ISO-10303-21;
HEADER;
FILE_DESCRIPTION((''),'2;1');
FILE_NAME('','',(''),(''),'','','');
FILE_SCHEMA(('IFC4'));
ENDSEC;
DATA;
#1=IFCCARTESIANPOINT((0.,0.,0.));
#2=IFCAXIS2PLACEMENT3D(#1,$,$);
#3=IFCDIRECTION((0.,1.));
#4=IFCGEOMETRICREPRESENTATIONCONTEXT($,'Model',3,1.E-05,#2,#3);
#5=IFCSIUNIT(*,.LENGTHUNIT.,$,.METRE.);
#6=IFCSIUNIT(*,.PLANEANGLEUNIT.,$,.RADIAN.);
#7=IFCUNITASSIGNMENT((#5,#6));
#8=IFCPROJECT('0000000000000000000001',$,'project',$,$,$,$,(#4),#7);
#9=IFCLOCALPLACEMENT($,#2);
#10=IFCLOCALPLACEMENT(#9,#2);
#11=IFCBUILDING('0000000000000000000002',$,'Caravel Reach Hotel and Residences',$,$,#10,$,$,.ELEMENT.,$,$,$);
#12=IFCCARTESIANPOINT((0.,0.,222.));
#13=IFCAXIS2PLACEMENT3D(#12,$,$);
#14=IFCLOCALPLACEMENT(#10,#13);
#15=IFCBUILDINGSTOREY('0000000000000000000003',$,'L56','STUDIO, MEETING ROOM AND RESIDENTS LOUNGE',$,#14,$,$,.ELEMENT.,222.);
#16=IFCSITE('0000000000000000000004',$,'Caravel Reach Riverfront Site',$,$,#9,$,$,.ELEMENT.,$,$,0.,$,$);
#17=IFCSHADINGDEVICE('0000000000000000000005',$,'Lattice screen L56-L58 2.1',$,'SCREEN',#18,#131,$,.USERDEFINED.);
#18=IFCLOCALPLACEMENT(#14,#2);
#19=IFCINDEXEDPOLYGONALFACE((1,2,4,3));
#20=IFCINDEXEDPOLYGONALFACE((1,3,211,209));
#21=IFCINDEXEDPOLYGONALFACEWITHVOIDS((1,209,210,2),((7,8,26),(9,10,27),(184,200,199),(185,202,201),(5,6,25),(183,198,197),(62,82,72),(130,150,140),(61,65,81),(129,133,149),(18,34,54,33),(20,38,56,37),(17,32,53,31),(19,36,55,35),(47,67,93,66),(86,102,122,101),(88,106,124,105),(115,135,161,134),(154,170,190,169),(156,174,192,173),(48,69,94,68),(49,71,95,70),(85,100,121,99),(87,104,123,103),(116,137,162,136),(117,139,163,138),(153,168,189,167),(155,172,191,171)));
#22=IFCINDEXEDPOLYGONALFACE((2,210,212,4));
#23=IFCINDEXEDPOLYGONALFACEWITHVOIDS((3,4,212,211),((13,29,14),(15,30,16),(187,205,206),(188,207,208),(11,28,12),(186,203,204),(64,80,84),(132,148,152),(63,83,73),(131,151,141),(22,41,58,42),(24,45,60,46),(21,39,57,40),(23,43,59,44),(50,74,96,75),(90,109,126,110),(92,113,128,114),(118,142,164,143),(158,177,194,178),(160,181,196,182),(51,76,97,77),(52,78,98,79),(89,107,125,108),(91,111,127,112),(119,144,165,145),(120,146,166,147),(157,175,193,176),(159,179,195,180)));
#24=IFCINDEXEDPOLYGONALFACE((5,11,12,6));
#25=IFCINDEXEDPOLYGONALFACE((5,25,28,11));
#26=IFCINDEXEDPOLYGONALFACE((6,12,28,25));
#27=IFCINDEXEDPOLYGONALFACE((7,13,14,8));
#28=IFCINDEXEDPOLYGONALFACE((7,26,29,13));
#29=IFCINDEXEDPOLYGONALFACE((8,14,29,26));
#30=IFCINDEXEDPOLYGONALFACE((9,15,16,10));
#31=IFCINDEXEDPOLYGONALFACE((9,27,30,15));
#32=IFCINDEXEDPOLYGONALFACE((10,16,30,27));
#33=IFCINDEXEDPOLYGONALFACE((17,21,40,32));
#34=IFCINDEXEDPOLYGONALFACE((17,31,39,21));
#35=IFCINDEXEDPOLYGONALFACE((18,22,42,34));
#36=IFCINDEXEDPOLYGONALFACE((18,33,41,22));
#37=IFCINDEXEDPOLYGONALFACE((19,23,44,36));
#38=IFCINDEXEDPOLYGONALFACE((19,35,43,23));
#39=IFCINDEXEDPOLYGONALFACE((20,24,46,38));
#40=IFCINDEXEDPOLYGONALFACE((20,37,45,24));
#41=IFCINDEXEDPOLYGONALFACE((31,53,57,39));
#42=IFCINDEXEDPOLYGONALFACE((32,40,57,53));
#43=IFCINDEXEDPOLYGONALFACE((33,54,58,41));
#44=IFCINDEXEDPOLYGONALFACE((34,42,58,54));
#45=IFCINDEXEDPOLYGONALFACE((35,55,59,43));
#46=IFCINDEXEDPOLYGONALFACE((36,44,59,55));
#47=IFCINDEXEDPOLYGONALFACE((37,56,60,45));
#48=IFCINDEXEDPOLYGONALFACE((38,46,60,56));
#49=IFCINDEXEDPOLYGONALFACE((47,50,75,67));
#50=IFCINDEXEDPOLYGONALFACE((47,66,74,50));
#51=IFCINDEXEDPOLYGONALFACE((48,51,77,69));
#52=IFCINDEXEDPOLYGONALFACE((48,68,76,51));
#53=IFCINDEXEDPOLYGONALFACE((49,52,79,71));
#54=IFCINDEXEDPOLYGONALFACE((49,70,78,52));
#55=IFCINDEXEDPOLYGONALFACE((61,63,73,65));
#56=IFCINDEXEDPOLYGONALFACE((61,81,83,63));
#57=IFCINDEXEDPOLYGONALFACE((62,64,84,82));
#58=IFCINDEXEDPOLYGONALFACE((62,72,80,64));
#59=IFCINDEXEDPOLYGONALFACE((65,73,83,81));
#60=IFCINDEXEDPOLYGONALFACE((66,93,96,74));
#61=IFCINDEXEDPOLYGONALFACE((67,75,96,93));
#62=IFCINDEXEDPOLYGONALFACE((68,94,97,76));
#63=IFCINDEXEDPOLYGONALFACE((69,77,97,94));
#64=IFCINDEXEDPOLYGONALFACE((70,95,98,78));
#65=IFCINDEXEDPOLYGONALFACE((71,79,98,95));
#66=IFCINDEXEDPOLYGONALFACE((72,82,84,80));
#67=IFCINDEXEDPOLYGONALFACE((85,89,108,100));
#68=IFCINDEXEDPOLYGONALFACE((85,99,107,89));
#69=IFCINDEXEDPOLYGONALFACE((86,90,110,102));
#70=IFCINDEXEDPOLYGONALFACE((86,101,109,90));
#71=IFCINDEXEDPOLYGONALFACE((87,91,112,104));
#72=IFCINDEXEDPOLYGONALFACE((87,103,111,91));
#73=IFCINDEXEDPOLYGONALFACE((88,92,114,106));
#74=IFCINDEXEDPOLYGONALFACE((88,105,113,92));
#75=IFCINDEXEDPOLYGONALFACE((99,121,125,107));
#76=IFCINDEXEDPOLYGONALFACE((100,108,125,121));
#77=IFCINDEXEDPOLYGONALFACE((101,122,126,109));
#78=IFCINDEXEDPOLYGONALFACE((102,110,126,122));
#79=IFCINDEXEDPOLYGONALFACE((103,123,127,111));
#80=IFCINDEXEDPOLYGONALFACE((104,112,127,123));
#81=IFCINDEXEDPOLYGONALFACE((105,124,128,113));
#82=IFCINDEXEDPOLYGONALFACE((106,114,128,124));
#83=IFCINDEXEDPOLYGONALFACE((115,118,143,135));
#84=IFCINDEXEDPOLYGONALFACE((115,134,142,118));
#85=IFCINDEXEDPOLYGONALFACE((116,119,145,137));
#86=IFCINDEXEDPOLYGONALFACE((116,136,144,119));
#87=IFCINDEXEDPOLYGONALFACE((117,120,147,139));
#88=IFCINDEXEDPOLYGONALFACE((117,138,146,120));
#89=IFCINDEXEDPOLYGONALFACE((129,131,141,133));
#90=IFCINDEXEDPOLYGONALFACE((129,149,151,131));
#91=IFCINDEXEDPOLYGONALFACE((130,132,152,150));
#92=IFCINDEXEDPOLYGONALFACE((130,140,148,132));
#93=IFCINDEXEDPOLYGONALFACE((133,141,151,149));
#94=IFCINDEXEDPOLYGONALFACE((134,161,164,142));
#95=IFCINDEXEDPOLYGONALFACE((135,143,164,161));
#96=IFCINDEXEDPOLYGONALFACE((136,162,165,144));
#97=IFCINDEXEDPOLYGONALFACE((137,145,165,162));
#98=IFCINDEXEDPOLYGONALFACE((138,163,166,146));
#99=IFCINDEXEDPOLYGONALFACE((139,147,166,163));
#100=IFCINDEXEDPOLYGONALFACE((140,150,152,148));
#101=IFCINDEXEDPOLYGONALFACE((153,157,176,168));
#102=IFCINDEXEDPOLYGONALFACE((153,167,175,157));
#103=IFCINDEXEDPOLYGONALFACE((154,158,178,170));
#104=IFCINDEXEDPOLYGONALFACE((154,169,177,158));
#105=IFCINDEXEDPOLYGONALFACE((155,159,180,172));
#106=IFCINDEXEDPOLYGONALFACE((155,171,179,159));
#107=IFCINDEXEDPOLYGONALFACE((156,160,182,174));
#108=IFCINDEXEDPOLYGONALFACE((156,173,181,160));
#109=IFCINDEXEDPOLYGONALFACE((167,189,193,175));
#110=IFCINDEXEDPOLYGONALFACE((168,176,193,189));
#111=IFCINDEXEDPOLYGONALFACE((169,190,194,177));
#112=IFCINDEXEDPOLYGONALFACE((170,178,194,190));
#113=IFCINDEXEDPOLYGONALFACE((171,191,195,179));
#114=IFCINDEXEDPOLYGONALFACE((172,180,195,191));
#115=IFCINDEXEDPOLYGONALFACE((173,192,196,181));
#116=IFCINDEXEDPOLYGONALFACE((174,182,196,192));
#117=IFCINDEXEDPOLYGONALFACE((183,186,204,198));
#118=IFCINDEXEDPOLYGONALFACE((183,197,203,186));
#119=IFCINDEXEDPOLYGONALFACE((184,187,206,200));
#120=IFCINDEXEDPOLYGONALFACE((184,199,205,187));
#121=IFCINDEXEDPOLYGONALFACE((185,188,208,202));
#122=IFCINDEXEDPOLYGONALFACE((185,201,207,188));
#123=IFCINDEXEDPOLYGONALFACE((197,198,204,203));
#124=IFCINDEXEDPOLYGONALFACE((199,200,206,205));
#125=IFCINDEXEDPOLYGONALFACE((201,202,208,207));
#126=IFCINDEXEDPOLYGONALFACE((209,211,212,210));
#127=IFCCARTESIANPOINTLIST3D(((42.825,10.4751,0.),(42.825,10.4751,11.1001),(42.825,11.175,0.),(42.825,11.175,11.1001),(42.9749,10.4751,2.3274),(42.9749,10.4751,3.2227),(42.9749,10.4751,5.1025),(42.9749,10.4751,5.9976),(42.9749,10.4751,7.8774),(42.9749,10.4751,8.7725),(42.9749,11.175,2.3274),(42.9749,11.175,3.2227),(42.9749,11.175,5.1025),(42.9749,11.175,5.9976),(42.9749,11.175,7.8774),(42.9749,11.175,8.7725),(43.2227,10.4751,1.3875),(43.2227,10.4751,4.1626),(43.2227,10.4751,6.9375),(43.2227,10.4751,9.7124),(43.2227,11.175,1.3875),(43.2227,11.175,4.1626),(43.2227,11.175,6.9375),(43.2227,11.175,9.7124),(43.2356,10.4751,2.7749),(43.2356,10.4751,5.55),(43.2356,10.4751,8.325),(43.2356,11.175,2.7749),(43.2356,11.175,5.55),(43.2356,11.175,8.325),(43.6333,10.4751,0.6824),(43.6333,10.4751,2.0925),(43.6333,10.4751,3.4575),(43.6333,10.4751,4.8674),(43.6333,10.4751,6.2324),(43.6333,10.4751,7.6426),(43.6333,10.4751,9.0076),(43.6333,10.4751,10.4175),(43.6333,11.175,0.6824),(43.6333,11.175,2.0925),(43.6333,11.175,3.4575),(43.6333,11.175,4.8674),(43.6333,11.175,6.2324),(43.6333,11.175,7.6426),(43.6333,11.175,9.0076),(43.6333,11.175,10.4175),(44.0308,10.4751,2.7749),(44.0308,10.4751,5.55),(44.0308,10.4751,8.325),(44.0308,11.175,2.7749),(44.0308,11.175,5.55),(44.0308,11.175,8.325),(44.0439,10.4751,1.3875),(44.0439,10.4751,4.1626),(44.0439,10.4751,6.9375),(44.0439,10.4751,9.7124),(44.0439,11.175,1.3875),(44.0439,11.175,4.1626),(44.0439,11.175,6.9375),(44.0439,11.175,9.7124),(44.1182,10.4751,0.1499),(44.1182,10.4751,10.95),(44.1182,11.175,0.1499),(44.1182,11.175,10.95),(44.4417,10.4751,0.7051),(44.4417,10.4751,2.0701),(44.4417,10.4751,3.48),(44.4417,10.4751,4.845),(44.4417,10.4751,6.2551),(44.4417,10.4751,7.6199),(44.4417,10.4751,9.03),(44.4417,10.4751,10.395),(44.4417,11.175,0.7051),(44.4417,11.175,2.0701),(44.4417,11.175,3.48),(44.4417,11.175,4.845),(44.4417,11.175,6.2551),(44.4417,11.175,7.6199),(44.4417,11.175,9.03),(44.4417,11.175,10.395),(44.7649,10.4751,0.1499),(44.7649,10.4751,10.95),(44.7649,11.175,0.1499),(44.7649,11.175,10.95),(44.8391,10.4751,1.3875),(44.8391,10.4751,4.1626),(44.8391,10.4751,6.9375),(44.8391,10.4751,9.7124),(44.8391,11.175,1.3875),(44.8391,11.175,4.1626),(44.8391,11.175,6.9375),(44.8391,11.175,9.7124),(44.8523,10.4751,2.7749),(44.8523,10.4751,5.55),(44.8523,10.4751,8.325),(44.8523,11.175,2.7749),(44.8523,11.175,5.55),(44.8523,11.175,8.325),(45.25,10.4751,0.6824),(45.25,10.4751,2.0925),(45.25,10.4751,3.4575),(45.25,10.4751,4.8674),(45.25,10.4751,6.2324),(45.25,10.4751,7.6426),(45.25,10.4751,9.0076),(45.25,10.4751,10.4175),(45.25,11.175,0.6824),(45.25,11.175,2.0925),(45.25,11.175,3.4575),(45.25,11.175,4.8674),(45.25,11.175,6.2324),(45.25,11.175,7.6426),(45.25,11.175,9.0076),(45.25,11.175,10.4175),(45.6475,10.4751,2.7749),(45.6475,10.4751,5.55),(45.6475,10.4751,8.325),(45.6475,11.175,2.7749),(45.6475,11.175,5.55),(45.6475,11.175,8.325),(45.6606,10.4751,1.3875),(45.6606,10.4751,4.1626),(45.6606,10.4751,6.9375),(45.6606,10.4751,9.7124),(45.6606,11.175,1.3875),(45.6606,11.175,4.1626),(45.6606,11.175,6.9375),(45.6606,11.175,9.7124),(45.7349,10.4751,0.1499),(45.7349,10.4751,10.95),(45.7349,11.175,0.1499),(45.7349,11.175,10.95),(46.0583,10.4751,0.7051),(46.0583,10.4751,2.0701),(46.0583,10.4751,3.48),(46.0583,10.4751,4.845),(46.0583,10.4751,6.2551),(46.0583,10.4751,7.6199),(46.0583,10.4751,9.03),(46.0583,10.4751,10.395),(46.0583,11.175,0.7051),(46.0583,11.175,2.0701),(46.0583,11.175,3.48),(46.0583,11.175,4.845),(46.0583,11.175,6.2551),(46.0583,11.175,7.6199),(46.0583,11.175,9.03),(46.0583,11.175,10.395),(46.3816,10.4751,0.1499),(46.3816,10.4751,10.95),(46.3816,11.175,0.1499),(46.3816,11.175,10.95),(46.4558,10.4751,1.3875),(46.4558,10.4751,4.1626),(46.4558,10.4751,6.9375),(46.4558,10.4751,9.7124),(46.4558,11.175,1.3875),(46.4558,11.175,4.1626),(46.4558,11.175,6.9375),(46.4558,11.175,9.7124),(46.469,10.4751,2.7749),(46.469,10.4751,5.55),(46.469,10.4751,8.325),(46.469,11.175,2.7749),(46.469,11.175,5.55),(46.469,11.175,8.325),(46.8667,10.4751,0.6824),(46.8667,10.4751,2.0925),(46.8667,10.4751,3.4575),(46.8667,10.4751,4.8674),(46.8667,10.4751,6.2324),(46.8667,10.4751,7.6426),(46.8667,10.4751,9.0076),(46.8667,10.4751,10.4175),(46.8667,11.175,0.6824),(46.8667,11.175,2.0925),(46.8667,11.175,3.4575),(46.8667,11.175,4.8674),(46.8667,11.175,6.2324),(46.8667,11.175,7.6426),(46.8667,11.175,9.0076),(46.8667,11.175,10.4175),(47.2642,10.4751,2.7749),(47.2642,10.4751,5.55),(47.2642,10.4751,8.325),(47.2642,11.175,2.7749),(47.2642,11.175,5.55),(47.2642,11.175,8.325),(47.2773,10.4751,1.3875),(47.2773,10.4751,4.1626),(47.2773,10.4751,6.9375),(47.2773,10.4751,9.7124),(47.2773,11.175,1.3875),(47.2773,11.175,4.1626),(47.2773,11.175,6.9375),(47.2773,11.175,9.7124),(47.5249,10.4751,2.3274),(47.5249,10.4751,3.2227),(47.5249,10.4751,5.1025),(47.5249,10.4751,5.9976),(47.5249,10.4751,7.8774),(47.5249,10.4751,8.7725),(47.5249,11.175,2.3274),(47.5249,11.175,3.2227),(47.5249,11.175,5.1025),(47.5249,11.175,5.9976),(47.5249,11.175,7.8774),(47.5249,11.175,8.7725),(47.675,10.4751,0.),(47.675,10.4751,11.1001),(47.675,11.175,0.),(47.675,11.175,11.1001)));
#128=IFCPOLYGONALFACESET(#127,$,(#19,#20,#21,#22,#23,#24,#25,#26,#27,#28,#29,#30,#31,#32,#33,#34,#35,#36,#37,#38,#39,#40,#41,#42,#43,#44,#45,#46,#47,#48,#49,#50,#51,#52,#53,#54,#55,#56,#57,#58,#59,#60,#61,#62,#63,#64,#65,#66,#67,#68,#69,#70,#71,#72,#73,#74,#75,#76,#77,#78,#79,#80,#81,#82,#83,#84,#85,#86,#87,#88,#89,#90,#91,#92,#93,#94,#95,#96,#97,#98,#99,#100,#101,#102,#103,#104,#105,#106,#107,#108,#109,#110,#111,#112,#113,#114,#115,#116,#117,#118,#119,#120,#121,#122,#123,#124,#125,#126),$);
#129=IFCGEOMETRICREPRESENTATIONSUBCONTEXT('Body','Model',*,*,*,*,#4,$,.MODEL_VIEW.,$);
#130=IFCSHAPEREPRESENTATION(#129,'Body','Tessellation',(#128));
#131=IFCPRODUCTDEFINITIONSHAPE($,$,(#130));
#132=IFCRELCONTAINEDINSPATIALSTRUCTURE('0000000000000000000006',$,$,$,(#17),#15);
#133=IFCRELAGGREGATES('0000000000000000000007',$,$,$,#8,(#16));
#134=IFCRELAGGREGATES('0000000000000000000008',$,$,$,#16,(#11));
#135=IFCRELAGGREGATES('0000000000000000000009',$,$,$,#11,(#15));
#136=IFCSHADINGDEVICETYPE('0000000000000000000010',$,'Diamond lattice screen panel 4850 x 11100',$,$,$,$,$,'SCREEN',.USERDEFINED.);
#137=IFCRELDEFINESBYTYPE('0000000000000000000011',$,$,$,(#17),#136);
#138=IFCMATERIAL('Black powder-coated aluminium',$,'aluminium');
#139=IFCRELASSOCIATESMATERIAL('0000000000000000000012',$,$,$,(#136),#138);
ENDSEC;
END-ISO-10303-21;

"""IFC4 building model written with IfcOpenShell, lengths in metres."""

from ifc_helpers import new_model, si_unit, direction, frame, origin, place, context, subcontext, project, spatial, polyline, outline, extrude, material, type_object, element, save


model = new_model("IFC4")

# Units and contexts
model_context = context("Model", 3, precision=1e-05, world=origin(), true_north=direction((0.0, 1.0)))
body_context = subcontext(model_context, "Body", "Model", "MODEL_VIEW")
ifc_project = project(units=[si_unit("LENGTHUNIT", "METRE"), si_unit("PLANEANGLEUNIT", "RADIAN")], contexts=[model_context])

# Site, building, storey
site_placement = place(None, origin())
site = spatial("IfcSite", under=ifc_project, at=site_placement, Name="Caravel Reach Riverfront Site", CompositionType="ELEMENT", RefElevation=0.0)
building_placement = place(site_placement, origin())
building = spatial("IfcBuilding", under=site, at=building_placement, Name="Caravel Reach Hotel and Residences", CompositionType="ELEMENT")
storey_placement = place(building_placement, frame((0.0, 0.0, 222.0)))
storey = spatial("IfcBuildingStorey", under=building, at=storey_placement, Name="L56", Description="STUDIO, MEETING ROOM AND RESIDENTS LOUNGE", CompositionType="ELEMENT", Elevation=222.0)

# Shading device
ifc_material_1 = material(Name="Black powder-coated aluminium", Category="aluminium")
shading_device_type_1 = type_object("IfcShadingDeviceType", Name="Diamond lattice screen panel 4850 x 11100", ElementType="SCREEN", PredefinedType="USERDEFINED", material=ifc_material_1)
shading_device_1_placement = place(storey_placement, frame((42.825, 11.175, 0.0), z_axis=(0.0, -1.0, 0.0), x_axis=(1.0, 0.0, 0.0)))
element("IfcShadingDevice", 1, at=shading_device_1_placement, inside=storey, type_object=shading_device_type_1, Name="Lattice screen L56-L58 2.1", ObjectType="SCREEN", PredefinedType="USERDEFINED", context=body_context, shape_type="SweptSolid", body=[
    extrude(outline(polyline([(0.0, 0.0), (4.8501, 0.0), (4.8501, 11.1001), (0.0, 11.1001), (0.0, 0.0)]), holes=[polyline([(0.4106, 2.7749), (0.1499, 3.2227), (0.1499, 2.3274), (0.4106, 2.7749)]), polyline([(0.4106, 5.55), (0.1499, 5.9976), (0.1499, 5.1025), (0.4106, 5.55)]), polyline([(0.4106, 8.325), (0.1499, 8.7725), (0.1499, 7.8774), (0.4106, 8.325)]), polyline([(0.8083, 2.0925), (0.3977, 1.3875), (0.8083, 0.6824), (1.219, 1.3875), (0.8083, 2.0925)]), polyline([(0.8083, 4.8674), (0.3977, 4.1626), (0.8083, 3.4575), (1.219, 4.1626), (0.8083, 4.8674)]), polyline([(0.8083, 7.6426), (0.3977, 6.9375), (0.8083, 6.2324), (1.219, 6.9375), (0.8083, 7.6426)]), polyline([(0.8083, 10.4175), (0.3977, 9.7124), (0.8083, 9.0076), (1.219, 9.7124), (0.8083, 10.4175)]), polyline([(1.6167, 0.7051), (1.2932, 0.1499), (1.9399, 0.1499), (1.6167, 0.7051)]), polyline([(1.6167, 3.48), (1.2058, 2.7749), (1.6167, 2.0701), (2.0273, 2.7749), (1.6167, 3.48)]), polyline([(1.6167, 6.2551), (1.2058, 5.55), (1.6167, 4.845), (2.0273, 5.55), (1.6167, 6.2551)]), polyline([(1.6167, 9.03), (1.2058, 8.325), (1.6167, 7.6199), (2.0273, 8.325), (1.6167, 9.03)]), polyline([(1.6167, 10.395), (1.9399, 10.95), (1.2932, 10.95), (1.6167, 10.395)]), polyline([(2.425, 2.0925), (2.0142, 1.3875), (2.425, 0.6824), (2.8357, 1.3875), (2.425, 2.0925)]), polyline([(2.425, 4.8674), (2.0142, 4.1626), (2.425, 3.4575), (2.8357, 4.1626), (2.425, 4.8674)]), polyline([(2.425, 7.6426), (2.0142, 6.9375), (2.425, 6.2324), (2.8357, 6.9375), (2.425, 7.6426)]), polyline([(2.425, 10.4175), (2.0142, 9.7124), (2.425, 9.0076), (2.8357, 9.7124), (2.425, 10.4175)]), polyline([(3.2334, 0.7051), (2.9099, 0.1499), (3.5566, 0.1499), (3.2334, 0.7051)]), polyline([(3.2334, 3.48), (2.8225, 2.7749), (3.2334, 2.0701), (3.644, 2.7749), (3.2334, 3.48)]), polyline([(3.2334, 6.2551), (2.8225, 5.55), (3.2334, 4.845), (3.644, 5.55), (3.2334, 6.2551)]), polyline([(3.2334, 9.03), (2.8225, 8.325), (3.2334, 7.6199), (3.644, 8.325), (3.2334, 9.03)]), polyline([(3.2334, 10.395), (3.5566, 10.95), (2.9099, 10.95), (3.2334, 10.395)]), polyline([(4.0417, 2.0925), (3.6309, 1.3875), (4.0417, 0.6824), (4.4524, 1.3875), (4.0417, 2.0925)]), polyline([(4.0417, 4.8674), (3.6309, 4.1626), (4.0417, 3.4575), (4.4524, 4.1626), (4.0417, 4.8674)]), polyline([(4.0417, 7.6426), (3.6309, 6.9375), (4.0417, 6.2324), (4.4524, 6.9375), (4.0417, 7.6426)]), polyline([(4.0417, 10.4175), (3.6309, 9.7124), (4.0417, 9.0076), (4.4524, 9.7124), (4.0417, 10.4175)]), polyline([(4.4392, 2.7749), (4.7, 2.3274), (4.7, 3.2227), (4.4392, 2.7749)]), polyline([(4.4392, 5.55), (4.7, 5.1025), (4.7, 5.9976), (4.4392, 5.55)]), polyline([(4.4392, 8.325), (4.7, 7.8774), (4.7, 8.7725), (4.4392, 8.325)])]), origin(), (0.0, 0.0, 1.0), 0.7),
])

save(model, "model.ifc")
